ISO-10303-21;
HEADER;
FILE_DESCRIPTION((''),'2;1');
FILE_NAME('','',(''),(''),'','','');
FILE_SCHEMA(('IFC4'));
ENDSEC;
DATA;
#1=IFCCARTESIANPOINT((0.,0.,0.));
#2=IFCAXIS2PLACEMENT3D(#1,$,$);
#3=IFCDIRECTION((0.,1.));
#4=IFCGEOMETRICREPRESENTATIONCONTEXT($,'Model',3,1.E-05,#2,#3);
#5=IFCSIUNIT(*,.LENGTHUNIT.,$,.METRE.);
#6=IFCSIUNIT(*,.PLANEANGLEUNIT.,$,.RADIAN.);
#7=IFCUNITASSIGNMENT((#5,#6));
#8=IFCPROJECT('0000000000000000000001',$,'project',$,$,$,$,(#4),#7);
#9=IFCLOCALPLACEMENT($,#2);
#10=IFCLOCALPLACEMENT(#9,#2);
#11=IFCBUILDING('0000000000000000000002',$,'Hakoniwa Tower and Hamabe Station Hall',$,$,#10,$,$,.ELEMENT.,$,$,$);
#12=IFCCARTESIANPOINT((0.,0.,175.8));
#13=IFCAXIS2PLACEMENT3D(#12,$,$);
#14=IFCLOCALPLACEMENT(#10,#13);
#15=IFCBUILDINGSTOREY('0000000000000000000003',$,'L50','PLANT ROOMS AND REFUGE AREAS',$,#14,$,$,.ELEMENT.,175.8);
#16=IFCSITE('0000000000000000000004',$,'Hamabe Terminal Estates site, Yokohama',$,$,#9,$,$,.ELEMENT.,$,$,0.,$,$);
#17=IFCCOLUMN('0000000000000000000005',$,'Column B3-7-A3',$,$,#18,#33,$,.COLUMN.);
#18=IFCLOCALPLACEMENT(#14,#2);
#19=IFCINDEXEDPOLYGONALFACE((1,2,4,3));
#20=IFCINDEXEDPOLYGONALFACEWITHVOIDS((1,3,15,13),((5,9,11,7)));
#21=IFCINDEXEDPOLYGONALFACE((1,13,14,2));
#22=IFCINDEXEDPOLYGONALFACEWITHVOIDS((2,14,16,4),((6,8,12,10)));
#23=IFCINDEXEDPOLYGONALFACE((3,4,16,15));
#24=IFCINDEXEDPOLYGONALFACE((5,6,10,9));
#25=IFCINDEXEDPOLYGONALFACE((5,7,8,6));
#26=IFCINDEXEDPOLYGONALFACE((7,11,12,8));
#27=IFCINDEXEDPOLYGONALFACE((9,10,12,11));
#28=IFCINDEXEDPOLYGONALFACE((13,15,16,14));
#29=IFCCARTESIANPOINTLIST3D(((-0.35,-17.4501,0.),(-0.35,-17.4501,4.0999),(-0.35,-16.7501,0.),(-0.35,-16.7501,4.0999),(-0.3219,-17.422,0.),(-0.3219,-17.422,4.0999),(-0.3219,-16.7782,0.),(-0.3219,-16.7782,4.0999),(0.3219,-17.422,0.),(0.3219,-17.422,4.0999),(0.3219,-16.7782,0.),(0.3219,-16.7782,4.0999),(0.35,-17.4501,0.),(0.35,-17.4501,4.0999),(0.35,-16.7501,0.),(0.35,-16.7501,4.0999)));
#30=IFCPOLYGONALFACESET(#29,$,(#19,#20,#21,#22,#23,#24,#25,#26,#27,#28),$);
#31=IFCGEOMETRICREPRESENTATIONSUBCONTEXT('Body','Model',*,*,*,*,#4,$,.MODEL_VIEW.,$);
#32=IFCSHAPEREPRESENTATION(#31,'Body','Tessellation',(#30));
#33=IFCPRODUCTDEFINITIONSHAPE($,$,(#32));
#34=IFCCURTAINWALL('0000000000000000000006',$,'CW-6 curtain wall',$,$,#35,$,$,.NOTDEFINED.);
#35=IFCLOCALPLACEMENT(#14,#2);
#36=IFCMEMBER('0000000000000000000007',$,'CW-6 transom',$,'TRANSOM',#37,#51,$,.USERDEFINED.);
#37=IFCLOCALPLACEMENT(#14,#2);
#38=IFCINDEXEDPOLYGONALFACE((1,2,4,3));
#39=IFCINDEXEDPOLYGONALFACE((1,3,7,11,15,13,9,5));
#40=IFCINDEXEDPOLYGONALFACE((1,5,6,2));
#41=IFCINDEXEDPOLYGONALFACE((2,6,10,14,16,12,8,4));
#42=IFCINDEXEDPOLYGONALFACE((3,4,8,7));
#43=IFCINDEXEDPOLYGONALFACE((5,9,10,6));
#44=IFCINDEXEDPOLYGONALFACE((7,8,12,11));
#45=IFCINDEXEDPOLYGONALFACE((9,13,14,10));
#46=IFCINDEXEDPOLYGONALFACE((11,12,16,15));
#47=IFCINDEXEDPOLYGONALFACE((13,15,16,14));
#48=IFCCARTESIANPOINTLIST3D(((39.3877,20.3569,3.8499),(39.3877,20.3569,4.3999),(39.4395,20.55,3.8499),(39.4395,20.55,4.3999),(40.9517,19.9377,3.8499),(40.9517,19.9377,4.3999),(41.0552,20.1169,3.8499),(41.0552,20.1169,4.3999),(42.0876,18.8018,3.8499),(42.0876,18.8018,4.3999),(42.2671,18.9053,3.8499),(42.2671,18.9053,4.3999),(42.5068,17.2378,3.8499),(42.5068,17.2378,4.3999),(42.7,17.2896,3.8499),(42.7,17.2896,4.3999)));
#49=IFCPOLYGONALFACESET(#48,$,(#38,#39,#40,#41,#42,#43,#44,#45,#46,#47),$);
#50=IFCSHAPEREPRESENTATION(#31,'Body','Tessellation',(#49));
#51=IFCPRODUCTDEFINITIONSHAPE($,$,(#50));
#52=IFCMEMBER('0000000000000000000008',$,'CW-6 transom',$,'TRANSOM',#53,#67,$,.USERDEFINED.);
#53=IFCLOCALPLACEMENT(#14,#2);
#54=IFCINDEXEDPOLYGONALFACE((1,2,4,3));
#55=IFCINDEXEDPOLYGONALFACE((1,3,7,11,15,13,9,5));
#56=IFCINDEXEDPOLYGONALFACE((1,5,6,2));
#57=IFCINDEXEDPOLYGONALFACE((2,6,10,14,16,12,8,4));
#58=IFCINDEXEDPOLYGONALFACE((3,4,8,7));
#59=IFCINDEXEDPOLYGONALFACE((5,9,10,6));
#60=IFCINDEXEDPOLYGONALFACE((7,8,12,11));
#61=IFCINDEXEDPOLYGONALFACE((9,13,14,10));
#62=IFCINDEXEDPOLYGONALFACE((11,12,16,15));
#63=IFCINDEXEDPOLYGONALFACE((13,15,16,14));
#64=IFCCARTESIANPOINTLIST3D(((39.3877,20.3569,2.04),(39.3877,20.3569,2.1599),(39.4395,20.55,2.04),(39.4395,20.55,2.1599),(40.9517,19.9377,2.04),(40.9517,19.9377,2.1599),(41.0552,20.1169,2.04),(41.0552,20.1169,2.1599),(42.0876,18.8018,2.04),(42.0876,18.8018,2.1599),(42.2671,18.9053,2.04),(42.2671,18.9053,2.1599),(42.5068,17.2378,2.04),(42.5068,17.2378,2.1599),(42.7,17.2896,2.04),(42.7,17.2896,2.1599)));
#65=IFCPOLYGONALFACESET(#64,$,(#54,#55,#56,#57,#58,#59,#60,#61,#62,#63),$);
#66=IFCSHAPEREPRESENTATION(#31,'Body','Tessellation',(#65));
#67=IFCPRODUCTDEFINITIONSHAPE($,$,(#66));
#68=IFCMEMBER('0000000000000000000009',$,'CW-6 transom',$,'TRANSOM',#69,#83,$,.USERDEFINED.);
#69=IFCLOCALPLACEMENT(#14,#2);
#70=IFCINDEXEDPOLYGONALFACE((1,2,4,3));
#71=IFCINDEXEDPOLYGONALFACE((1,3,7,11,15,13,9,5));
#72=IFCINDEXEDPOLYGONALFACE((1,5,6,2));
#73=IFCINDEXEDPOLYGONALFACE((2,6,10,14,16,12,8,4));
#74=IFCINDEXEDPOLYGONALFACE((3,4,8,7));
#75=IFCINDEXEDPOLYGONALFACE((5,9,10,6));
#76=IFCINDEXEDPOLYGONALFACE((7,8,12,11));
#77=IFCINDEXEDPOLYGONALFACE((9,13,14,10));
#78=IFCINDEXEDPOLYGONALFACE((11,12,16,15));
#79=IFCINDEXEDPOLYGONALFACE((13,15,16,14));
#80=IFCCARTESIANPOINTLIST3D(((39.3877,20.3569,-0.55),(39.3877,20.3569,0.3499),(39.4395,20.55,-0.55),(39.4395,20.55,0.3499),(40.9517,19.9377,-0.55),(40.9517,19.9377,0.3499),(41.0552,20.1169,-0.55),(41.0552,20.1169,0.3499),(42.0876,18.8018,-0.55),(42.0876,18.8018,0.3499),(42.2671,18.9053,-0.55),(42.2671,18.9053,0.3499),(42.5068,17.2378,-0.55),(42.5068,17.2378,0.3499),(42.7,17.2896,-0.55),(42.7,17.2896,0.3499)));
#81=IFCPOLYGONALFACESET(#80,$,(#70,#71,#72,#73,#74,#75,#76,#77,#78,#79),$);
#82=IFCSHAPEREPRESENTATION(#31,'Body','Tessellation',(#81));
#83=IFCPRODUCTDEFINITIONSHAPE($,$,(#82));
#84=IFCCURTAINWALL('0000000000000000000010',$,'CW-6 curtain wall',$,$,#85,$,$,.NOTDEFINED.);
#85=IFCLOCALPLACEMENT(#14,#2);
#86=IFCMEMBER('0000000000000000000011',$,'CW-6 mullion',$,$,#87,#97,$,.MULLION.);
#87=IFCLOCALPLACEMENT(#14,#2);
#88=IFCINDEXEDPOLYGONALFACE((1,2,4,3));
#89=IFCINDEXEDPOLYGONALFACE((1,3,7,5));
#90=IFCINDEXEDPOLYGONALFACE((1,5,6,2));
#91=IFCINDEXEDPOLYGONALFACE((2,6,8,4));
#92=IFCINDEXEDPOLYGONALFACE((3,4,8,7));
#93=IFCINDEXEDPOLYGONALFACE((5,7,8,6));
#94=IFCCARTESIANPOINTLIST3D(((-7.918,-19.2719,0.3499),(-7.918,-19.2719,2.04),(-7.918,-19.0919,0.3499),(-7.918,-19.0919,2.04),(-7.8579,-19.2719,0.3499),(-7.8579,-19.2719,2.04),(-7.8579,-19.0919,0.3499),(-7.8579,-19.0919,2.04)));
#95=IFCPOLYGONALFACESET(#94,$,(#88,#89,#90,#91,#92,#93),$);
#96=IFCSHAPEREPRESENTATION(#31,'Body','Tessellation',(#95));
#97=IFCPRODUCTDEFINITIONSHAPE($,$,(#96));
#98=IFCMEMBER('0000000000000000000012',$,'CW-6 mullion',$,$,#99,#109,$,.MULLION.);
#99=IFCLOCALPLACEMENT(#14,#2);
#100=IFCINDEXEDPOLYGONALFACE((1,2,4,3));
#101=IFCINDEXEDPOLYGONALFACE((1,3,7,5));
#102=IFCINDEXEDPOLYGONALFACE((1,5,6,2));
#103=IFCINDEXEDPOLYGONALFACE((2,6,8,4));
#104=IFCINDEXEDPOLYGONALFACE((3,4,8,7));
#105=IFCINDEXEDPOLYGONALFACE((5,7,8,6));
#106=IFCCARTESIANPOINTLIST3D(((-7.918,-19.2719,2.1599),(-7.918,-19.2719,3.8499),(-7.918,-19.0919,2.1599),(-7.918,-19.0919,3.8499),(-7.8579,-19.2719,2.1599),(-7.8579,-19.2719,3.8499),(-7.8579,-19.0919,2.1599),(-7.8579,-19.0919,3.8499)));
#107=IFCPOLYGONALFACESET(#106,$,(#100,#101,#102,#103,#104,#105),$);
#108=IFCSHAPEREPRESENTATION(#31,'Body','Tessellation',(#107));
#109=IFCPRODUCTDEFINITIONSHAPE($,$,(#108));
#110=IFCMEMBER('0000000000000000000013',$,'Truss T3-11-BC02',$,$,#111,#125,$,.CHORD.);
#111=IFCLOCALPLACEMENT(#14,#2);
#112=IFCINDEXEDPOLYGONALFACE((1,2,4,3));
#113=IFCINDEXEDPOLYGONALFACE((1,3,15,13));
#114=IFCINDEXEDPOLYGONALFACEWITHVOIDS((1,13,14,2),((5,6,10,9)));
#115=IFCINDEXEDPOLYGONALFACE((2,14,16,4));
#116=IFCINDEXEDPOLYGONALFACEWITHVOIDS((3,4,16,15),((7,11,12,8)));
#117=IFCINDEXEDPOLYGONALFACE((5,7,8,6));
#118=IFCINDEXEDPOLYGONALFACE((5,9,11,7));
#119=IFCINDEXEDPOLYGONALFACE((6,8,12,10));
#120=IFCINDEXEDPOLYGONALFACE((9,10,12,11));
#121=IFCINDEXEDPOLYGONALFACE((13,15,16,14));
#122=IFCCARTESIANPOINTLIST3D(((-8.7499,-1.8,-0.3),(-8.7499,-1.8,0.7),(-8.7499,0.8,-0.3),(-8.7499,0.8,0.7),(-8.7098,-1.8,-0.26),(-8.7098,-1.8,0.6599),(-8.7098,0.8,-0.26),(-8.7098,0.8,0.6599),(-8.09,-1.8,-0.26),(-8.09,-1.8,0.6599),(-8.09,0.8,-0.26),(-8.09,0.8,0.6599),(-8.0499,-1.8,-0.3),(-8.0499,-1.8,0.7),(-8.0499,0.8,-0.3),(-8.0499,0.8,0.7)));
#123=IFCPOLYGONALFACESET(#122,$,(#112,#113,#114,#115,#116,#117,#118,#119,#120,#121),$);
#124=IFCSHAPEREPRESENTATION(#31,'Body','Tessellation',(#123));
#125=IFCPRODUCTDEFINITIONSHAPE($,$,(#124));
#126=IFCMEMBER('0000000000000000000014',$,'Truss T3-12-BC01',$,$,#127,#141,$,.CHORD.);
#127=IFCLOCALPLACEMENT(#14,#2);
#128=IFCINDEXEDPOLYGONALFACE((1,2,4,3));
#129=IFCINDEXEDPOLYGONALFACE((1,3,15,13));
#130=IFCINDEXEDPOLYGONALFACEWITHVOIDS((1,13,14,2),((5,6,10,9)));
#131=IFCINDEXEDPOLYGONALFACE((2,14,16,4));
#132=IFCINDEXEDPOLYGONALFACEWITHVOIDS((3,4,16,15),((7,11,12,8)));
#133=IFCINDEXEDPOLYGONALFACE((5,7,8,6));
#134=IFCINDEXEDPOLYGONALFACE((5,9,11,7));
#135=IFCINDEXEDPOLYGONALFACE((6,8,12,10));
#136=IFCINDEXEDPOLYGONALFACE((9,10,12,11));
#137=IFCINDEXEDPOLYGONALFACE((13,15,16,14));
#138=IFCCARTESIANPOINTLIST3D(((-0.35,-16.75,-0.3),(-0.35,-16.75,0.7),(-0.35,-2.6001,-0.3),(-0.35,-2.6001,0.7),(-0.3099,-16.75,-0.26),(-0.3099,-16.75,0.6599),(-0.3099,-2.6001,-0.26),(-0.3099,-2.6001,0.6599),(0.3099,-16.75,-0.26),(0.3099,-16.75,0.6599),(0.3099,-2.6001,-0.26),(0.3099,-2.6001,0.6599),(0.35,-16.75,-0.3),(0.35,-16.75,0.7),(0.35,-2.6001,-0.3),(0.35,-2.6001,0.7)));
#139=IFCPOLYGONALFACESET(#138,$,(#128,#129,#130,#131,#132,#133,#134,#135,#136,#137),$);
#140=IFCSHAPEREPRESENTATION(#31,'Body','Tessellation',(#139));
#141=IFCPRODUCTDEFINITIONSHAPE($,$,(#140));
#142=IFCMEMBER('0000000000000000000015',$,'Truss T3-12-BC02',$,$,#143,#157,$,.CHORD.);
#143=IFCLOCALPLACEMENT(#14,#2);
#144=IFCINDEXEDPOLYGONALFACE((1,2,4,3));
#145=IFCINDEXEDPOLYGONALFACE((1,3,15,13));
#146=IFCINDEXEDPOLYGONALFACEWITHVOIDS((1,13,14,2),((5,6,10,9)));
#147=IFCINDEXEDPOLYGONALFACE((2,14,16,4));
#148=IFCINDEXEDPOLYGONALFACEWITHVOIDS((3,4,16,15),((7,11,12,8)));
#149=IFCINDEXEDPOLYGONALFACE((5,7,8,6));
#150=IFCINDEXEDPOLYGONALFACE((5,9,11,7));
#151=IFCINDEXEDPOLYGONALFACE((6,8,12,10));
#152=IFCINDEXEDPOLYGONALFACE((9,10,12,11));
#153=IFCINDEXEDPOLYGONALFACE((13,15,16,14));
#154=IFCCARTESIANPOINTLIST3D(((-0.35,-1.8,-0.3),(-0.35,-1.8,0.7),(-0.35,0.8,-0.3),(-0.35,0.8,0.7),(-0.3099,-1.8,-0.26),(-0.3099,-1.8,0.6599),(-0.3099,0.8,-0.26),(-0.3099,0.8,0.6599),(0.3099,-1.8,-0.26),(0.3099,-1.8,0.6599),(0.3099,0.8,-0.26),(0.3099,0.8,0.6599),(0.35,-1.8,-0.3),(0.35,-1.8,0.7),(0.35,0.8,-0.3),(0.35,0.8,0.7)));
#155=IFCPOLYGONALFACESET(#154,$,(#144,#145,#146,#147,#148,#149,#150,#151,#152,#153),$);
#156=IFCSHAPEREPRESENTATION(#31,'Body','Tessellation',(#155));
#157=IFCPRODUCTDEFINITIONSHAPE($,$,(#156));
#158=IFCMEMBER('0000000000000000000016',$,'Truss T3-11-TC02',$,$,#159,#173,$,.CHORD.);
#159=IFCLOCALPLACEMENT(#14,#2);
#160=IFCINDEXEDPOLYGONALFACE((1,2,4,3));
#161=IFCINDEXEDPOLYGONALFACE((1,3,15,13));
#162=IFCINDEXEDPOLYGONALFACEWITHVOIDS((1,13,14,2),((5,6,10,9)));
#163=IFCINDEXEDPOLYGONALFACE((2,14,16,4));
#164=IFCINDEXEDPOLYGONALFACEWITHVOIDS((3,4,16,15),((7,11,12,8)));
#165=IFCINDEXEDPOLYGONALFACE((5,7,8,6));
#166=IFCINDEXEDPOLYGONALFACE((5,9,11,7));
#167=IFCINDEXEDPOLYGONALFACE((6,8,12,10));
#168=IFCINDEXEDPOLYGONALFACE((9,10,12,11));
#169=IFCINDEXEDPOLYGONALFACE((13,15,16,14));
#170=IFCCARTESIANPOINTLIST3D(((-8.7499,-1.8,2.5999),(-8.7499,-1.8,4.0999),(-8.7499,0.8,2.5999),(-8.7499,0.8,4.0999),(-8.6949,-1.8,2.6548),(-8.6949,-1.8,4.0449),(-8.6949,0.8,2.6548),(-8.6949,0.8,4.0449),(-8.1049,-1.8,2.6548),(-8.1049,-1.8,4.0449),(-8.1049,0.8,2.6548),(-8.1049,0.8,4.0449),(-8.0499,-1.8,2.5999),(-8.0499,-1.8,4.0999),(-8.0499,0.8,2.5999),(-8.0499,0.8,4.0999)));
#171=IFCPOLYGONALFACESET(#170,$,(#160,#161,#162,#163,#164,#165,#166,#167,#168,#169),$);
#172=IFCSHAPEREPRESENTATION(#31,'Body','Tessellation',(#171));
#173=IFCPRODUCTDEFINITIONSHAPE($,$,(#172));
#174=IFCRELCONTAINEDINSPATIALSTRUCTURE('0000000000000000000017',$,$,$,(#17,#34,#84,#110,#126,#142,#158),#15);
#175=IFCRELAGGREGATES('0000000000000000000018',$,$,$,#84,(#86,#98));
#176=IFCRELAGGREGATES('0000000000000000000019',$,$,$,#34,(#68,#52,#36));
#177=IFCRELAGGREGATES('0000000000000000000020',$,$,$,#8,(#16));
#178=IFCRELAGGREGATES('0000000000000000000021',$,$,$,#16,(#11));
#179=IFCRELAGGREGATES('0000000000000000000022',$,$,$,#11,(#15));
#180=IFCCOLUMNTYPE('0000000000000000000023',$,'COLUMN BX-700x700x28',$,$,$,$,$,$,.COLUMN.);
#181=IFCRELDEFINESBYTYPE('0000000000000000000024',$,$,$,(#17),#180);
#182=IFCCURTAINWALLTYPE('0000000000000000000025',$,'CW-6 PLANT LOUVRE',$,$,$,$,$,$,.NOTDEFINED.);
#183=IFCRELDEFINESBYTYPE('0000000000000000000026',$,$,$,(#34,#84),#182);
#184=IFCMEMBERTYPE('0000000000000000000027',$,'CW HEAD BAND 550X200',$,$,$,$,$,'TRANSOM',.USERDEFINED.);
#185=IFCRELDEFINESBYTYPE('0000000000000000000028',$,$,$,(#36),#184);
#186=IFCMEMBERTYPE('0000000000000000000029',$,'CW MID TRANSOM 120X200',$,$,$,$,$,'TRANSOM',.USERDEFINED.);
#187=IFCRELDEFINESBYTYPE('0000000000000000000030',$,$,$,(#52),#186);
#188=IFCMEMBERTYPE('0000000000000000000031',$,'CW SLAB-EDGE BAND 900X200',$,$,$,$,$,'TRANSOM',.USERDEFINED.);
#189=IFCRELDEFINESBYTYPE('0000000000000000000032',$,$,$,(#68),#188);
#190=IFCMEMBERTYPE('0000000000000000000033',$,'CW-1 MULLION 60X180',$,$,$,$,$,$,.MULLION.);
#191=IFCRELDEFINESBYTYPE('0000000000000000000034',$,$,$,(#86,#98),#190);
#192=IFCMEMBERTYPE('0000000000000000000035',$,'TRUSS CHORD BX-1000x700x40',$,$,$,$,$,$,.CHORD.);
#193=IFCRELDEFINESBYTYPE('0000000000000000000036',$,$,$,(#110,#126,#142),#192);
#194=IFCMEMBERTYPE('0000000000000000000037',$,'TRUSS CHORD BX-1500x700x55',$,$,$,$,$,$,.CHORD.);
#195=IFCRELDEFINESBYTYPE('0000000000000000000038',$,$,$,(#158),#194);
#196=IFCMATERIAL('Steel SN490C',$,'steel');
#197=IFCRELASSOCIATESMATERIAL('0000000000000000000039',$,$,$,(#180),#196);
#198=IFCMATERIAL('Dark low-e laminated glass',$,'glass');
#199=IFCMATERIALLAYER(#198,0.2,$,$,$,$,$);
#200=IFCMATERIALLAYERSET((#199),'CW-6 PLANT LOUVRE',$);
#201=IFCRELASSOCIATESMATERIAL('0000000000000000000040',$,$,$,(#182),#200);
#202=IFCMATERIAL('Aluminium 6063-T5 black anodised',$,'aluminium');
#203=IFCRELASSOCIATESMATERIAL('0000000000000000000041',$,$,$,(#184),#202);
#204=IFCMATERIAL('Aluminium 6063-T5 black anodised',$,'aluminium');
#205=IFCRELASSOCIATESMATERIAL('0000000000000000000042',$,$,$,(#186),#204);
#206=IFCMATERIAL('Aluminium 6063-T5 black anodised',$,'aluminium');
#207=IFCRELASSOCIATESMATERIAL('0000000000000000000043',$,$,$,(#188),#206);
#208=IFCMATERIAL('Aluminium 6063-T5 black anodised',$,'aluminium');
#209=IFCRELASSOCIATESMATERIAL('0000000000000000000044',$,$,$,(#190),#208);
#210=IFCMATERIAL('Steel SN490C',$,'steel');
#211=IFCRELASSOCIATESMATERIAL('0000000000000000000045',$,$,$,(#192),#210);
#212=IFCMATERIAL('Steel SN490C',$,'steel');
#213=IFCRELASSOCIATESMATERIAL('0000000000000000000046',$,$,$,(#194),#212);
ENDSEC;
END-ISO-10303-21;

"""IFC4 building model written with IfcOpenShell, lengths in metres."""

from ifc_helpers import new_model, si_unit, direction, frame, origin, origin_2d, place, context, subcontext, project, spatial, polyline, rectangle, hollow_rectangle, outline, extrude, material, layer, layer_set, material_profile, profile_set, type_object, element, aggregate, save


model = new_model("IFC4")

# Units and contexts
model_context = context("Model", 3, precision=1e-05, world=origin(), true_north=direction((0.0, 1.0)))
body_context = subcontext(model_context, "Body", "Model", "MODEL_VIEW")
ifc_project = project(units=[si_unit("LENGTHUNIT", "METRE"), si_unit("PLANEANGLEUNIT", "RADIAN")], contexts=[model_context])

# Site, building, storey
site_placement = place(None, origin())
site = spatial("IfcSite", under=ifc_project, at=site_placement, Name="Hamabe Terminal Estates site, Yokohama", CompositionType="ELEMENT", RefElevation=0.0)
building_placement = place(site_placement, origin())
building = spatial("IfcBuilding", under=site, at=building_placement, Name="Hakoniwa Tower and Hamabe Station Hall", CompositionType="ELEMENT")
storey_placement = place(building_placement, frame((0.0, 0.0, 175.8)))
storey = spatial("IfcBuildingStorey", under=building, at=storey_placement, Name="L50", Description="PLANT ROOMS AND REFUGE AREAS", CompositionType="ELEMENT", Elevation=175.8)

# Column
ifc_material_1 = material(Name="Steel SN490C", Category="steel")
ifc_material_profile_1 = material_profile(ifc_material_1, hollow_rectangle(XDim=0.7, YDim=0.7, WallThickness=0.0281, at=origin_2d()), Name="BX-700x700x28")
ifc_profile_set_1 = profile_set([ifc_material_profile_1], Name="Steel SN490C")
column_type = type_object("IfcColumnType", Name="COLUMN BX-700x700x28", PredefinedType="COLUMN", material=ifc_profile_set_1)
column_placement = place(storey_placement, frame((0.0, -17.1001, 0.0), z_axis=(0.0, 0.0, 1.0), x_axis=(1.0, 0.0, 0.0)))
element("IfcColumn", 1, at=column_placement, inside=storey, type_object=column_type, Name="Column B3-7-A3", PredefinedType="COLUMN", context=body_context, shape_type="SweptSolid", body=[
    extrude(hollow_rectangle(XDim=0.7, YDim=0.7, WallThickness=0.0281, at=origin_2d()), origin(), (0.0, 0.0, 1.0), 4.0999),
])

# Curtain walls, members
ifc_material_2 = material(Name="Dark low-e laminated glass", Category="glass")
ifc_layer_1 = layer(ifc_material_2, 0.2)
ifc_layer_set_1 = layer_set([ifc_layer_1], Name="CW-6 PLANT LOUVRE")
curtain_wall_type = type_object("IfcCurtainWallType", Name="CW-6 PLANT LOUVRE", PredefinedType="NOTDEFINED", material=ifc_layer_set_1)
curtain_wall_1_placement = place(storey_placement, origin())
curtain_wall_1 = element("IfcCurtainWall", 2, at=curtain_wall_1_placement, inside=storey, type_object=curtain_wall_type, Name="CW-6 curtain wall", PredefinedType="NOTDEFINED")
ifc_material_3 = material(Name="Aluminium 6063-T5 black anodised", Category="aluminium")
ifc_material_profile_2 = material_profile(ifc_material_3, rectangle(XDim=0.2, YDim=0.55, at=origin_2d()), Name="CW HEAD BAND 550X200")
ifc_profile_set_2 = profile_set([ifc_material_profile_2], Name="Aluminium 6063-T5 black anodised")
member_type_1 = type_object("IfcMemberType", Name="CW HEAD BAND 550X200", ElementType="TRANSOM", PredefinedType="USERDEFINED", material=ifc_profile_set_2)
member_1_placement = place(storey_placement, frame((0.0, 0.0, 3.8499)))
member_1 = element("IfcMember", 3, at=member_1_placement, type_object=member_type_1, Name="CW-6 transom", ObjectType="TRANSOM", PredefinedType="USERDEFINED", context=body_context, shape_type="SweptSolid", body=[
    extrude(outline(polyline([(42.7, 17.2896), (42.2671, 18.9053), (41.0552, 20.1169), (39.4395, 20.55), (39.3877, 20.3569), (40.9517, 19.9377), (42.0876, 18.8018), (42.5068, 17.2378), (42.7, 17.2896)])), origin(), (0.0, 0.0, 1.0), 0.55),
])
ifc_material_4 = material(Name="Aluminium 6063-T5 black anodised", Category="aluminium")
ifc_material_profile_3 = material_profile(ifc_material_4, rectangle(XDim=0.2, YDim=0.1201, at=origin_2d()), Name="CW MID TRANSOM 120X200")
ifc_profile_set_3 = profile_set([ifc_material_profile_3], Name="Aluminium 6063-T5 black anodised")
member_type_2 = type_object("IfcMemberType", Name="CW MID TRANSOM 120X200", ElementType="TRANSOM", PredefinedType="USERDEFINED", material=ifc_profile_set_3)
member_2_placement = place(storey_placement, frame((0.0, 0.0, 2.04)))
member_2 = element("IfcMember", 4, at=member_2_placement, type_object=member_type_2, Name="CW-6 transom", ObjectType="TRANSOM", PredefinedType="USERDEFINED", context=body_context, shape_type="SweptSolid", body=[
    extrude(outline(polyline([(42.7, 17.2896), (42.2671, 18.9053), (41.0552, 20.1169), (39.4395, 20.55), (39.3877, 20.3569), (40.9517, 19.9377), (42.0876, 18.8018), (42.5068, 17.2378), (42.7, 17.2896)])), origin(), (0.0, 0.0, 1.0), 0.1199),
])
ifc_material_5 = material(Name="Aluminium 6063-T5 black anodised", Category="aluminium")
ifc_material_profile_4 = material_profile(ifc_material_5, rectangle(XDim=0.2, YDim=0.8999, at=origin_2d()), Name="CW SLAB-EDGE BAND 900X200")
ifc_profile_set_4 = profile_set([ifc_material_profile_4], Name="Aluminium 6063-T5 black anodised")
member_type_3 = type_object("IfcMemberType", Name="CW SLAB-EDGE BAND 900X200", ElementType="TRANSOM", PredefinedType="USERDEFINED", material=ifc_profile_set_4)
member_3_placement = place(storey_placement, frame((0.0, 0.0, -0.55)))
member_3 = element("IfcMember", 5, at=member_3_placement, type_object=member_type_3, Name="CW-6 transom", ObjectType="TRANSOM", PredefinedType="USERDEFINED", context=body_context, shape_type="SweptSolid", body=[
    extrude(outline(polyline([(42.7, 17.2896), (42.2671, 18.9053), (41.0552, 20.1169), (39.4395, 20.55), (39.3877, 20.3569), (40.9517, 19.9377), (42.0876, 18.8018), (42.5068, 17.2378), (42.7, 17.2896)])), origin(), (0.0, 0.0, 1.0), 0.8999),
])
curtain_wall_2_placement = place(storey_placement, origin())
curtain_wall_2 = element("IfcCurtainWall", 6, at=curtain_wall_2_placement, inside=storey, type_object=curtain_wall_type, Name="CW-6 curtain wall", PredefinedType="NOTDEFINED")
ifc_material_6 = material(Name="Aluminium 6063-T5 black anodised", Category="aluminium")
ifc_material_profile_5 = material_profile(ifc_material_6, rectangle(XDim=0.0601, YDim=0.1799, at=origin_2d()), Name="CW-1 MULLION 60X180")
ifc_profile_set_5 = profile_set([ifc_material_profile_5], Name="Aluminium 6063-T5 black anodised")
member_type_4 = type_object("IfcMemberType", Name="CW-1 MULLION 60X180", PredefinedType="MULLION", material=ifc_profile_set_5)
member_4_placement = place(storey_placement, frame((-7.8879, -19.1819, 0.3499), z_axis=(0.0, 0.0, 1.0), x_axis=(1.0, 0.0, 0.0)))
member_4 = element("IfcMember", 7, at=member_4_placement, type_object=member_type_4, Name="CW-6 mullion", PredefinedType="MULLION", context=body_context, shape_type="SweptSolid", body=[
    extrude(rectangle(XDim=0.0601, YDim=0.1799, at=origin_2d()), origin(), (0.0, 0.0, 1.0), 1.6902),
])
member_5_placement = place(storey_placement, frame((-7.8879, -19.1819, 2.1599), z_axis=(0.0, 0.0, 1.0), x_axis=(1.0, 0.0, 0.0)))
member_5 = element("IfcMember", 8, at=member_5_placement, type_object=member_type_4, Name="CW-6 mullion", PredefinedType="MULLION", context=body_context, shape_type="SweptSolid", body=[
    extrude(rectangle(XDim=0.0601, YDim=0.1799, at=origin_2d()), origin(), (0.0, 0.0, 1.0), 1.6899),
])

# Members
ifc_material_7 = material(Name="Steel SN490C", Category="steel")
ifc_material_profile_6 = material_profile(ifc_material_7, hollow_rectangle(XDim=0.7, YDim=1.0, WallThickness=0.04, at=origin_2d()), Name="BX-1000x700x40")
ifc_profile_set_6 = profile_set([ifc_material_profile_6], Name="Steel SN490C")
member_type_5 = type_object("IfcMemberType", Name="TRUSS CHORD BX-1000x700x40", PredefinedType="CHORD", material=ifc_profile_set_6)
member_6_placement = place(storey_placement, frame((-8.3999, -1.8, 0.2), z_axis=(0.0, 1.0, 0.0), x_axis=(-1.0, 0.0, 0.0)))
element("IfcMember", 9, at=member_6_placement, inside=storey, type_object=member_type_5, Name="Truss T3-11-BC02", PredefinedType="CHORD", context=body_context, shape_type="SweptSolid", body=[
    extrude(hollow_rectangle(XDim=0.7, YDim=1.0, WallThickness=0.04, at=origin_2d()), origin(), (0.0, 0.0, 1.0), 2.6001),
])
member_7_placement = place(storey_placement, frame((0.0, -16.75, 0.2), z_axis=(0.0, 1.0, 0.0), x_axis=(-1.0, 0.0, 0.0)))
element("IfcMember", 10, at=member_7_placement, inside=storey, type_object=member_type_5, Name="Truss T3-12-BC01", PredefinedType="CHORD", context=body_context, shape_type="SweptSolid", body=[
    extrude(hollow_rectangle(XDim=0.7, YDim=1.0, WallThickness=0.04, at=origin_2d()), origin(), (0.0, 0.0, 1.0), 14.1499),
])
member_8_placement = place(storey_placement, frame((0.0, -1.8, 0.2), z_axis=(0.0, 1.0, 0.0), x_axis=(-1.0, 0.0, 0.0)))
element("IfcMember", 11, at=member_8_placement, inside=storey, type_object=member_type_5, Name="Truss T3-12-BC02", PredefinedType="CHORD", context=body_context, shape_type="SweptSolid", body=[
    extrude(hollow_rectangle(XDim=0.7, YDim=1.0, WallThickness=0.04, at=origin_2d()), origin(), (0.0, 0.0, 1.0), 2.6001),
])
ifc_material_8 = material(Name="Steel SN490C", Category="steel")
ifc_material_profile_7 = material_profile(ifc_material_8, hollow_rectangle(XDim=0.7, YDim=1.5, WallThickness=0.0549, at=origin_2d()), Name="BX-1500x700x55")
ifc_profile_set_7 = profile_set([ifc_material_profile_7], Name="Steel SN490C")
member_type_6 = type_object("IfcMemberType", Name="TRUSS CHORD BX-1500x700x55", PredefinedType="CHORD", material=ifc_profile_set_7)
member_9_placement = place(storey_placement, frame((-8.3999, -1.8, 3.3499), z_axis=(0.0, 1.0, 0.0), x_axis=(-1.0, 0.0, 0.0)))
element("IfcMember", 12, at=member_9_placement, inside=storey, type_object=member_type_6, Name="Truss T3-11-TC02", PredefinedType="CHORD", context=body_context, shape_type="SweptSolid", body=[
    extrude(hollow_rectangle(XDim=0.7, YDim=1.5, WallThickness=0.0549, at=origin_2d()), origin(), (0.0, 0.0, 1.0), 2.6001),
])

aggregate(curtain_wall_2, [member_4, member_5])

aggregate(curtain_wall_1, [member_3, member_2, member_1])

save(model, "model.ifc")
